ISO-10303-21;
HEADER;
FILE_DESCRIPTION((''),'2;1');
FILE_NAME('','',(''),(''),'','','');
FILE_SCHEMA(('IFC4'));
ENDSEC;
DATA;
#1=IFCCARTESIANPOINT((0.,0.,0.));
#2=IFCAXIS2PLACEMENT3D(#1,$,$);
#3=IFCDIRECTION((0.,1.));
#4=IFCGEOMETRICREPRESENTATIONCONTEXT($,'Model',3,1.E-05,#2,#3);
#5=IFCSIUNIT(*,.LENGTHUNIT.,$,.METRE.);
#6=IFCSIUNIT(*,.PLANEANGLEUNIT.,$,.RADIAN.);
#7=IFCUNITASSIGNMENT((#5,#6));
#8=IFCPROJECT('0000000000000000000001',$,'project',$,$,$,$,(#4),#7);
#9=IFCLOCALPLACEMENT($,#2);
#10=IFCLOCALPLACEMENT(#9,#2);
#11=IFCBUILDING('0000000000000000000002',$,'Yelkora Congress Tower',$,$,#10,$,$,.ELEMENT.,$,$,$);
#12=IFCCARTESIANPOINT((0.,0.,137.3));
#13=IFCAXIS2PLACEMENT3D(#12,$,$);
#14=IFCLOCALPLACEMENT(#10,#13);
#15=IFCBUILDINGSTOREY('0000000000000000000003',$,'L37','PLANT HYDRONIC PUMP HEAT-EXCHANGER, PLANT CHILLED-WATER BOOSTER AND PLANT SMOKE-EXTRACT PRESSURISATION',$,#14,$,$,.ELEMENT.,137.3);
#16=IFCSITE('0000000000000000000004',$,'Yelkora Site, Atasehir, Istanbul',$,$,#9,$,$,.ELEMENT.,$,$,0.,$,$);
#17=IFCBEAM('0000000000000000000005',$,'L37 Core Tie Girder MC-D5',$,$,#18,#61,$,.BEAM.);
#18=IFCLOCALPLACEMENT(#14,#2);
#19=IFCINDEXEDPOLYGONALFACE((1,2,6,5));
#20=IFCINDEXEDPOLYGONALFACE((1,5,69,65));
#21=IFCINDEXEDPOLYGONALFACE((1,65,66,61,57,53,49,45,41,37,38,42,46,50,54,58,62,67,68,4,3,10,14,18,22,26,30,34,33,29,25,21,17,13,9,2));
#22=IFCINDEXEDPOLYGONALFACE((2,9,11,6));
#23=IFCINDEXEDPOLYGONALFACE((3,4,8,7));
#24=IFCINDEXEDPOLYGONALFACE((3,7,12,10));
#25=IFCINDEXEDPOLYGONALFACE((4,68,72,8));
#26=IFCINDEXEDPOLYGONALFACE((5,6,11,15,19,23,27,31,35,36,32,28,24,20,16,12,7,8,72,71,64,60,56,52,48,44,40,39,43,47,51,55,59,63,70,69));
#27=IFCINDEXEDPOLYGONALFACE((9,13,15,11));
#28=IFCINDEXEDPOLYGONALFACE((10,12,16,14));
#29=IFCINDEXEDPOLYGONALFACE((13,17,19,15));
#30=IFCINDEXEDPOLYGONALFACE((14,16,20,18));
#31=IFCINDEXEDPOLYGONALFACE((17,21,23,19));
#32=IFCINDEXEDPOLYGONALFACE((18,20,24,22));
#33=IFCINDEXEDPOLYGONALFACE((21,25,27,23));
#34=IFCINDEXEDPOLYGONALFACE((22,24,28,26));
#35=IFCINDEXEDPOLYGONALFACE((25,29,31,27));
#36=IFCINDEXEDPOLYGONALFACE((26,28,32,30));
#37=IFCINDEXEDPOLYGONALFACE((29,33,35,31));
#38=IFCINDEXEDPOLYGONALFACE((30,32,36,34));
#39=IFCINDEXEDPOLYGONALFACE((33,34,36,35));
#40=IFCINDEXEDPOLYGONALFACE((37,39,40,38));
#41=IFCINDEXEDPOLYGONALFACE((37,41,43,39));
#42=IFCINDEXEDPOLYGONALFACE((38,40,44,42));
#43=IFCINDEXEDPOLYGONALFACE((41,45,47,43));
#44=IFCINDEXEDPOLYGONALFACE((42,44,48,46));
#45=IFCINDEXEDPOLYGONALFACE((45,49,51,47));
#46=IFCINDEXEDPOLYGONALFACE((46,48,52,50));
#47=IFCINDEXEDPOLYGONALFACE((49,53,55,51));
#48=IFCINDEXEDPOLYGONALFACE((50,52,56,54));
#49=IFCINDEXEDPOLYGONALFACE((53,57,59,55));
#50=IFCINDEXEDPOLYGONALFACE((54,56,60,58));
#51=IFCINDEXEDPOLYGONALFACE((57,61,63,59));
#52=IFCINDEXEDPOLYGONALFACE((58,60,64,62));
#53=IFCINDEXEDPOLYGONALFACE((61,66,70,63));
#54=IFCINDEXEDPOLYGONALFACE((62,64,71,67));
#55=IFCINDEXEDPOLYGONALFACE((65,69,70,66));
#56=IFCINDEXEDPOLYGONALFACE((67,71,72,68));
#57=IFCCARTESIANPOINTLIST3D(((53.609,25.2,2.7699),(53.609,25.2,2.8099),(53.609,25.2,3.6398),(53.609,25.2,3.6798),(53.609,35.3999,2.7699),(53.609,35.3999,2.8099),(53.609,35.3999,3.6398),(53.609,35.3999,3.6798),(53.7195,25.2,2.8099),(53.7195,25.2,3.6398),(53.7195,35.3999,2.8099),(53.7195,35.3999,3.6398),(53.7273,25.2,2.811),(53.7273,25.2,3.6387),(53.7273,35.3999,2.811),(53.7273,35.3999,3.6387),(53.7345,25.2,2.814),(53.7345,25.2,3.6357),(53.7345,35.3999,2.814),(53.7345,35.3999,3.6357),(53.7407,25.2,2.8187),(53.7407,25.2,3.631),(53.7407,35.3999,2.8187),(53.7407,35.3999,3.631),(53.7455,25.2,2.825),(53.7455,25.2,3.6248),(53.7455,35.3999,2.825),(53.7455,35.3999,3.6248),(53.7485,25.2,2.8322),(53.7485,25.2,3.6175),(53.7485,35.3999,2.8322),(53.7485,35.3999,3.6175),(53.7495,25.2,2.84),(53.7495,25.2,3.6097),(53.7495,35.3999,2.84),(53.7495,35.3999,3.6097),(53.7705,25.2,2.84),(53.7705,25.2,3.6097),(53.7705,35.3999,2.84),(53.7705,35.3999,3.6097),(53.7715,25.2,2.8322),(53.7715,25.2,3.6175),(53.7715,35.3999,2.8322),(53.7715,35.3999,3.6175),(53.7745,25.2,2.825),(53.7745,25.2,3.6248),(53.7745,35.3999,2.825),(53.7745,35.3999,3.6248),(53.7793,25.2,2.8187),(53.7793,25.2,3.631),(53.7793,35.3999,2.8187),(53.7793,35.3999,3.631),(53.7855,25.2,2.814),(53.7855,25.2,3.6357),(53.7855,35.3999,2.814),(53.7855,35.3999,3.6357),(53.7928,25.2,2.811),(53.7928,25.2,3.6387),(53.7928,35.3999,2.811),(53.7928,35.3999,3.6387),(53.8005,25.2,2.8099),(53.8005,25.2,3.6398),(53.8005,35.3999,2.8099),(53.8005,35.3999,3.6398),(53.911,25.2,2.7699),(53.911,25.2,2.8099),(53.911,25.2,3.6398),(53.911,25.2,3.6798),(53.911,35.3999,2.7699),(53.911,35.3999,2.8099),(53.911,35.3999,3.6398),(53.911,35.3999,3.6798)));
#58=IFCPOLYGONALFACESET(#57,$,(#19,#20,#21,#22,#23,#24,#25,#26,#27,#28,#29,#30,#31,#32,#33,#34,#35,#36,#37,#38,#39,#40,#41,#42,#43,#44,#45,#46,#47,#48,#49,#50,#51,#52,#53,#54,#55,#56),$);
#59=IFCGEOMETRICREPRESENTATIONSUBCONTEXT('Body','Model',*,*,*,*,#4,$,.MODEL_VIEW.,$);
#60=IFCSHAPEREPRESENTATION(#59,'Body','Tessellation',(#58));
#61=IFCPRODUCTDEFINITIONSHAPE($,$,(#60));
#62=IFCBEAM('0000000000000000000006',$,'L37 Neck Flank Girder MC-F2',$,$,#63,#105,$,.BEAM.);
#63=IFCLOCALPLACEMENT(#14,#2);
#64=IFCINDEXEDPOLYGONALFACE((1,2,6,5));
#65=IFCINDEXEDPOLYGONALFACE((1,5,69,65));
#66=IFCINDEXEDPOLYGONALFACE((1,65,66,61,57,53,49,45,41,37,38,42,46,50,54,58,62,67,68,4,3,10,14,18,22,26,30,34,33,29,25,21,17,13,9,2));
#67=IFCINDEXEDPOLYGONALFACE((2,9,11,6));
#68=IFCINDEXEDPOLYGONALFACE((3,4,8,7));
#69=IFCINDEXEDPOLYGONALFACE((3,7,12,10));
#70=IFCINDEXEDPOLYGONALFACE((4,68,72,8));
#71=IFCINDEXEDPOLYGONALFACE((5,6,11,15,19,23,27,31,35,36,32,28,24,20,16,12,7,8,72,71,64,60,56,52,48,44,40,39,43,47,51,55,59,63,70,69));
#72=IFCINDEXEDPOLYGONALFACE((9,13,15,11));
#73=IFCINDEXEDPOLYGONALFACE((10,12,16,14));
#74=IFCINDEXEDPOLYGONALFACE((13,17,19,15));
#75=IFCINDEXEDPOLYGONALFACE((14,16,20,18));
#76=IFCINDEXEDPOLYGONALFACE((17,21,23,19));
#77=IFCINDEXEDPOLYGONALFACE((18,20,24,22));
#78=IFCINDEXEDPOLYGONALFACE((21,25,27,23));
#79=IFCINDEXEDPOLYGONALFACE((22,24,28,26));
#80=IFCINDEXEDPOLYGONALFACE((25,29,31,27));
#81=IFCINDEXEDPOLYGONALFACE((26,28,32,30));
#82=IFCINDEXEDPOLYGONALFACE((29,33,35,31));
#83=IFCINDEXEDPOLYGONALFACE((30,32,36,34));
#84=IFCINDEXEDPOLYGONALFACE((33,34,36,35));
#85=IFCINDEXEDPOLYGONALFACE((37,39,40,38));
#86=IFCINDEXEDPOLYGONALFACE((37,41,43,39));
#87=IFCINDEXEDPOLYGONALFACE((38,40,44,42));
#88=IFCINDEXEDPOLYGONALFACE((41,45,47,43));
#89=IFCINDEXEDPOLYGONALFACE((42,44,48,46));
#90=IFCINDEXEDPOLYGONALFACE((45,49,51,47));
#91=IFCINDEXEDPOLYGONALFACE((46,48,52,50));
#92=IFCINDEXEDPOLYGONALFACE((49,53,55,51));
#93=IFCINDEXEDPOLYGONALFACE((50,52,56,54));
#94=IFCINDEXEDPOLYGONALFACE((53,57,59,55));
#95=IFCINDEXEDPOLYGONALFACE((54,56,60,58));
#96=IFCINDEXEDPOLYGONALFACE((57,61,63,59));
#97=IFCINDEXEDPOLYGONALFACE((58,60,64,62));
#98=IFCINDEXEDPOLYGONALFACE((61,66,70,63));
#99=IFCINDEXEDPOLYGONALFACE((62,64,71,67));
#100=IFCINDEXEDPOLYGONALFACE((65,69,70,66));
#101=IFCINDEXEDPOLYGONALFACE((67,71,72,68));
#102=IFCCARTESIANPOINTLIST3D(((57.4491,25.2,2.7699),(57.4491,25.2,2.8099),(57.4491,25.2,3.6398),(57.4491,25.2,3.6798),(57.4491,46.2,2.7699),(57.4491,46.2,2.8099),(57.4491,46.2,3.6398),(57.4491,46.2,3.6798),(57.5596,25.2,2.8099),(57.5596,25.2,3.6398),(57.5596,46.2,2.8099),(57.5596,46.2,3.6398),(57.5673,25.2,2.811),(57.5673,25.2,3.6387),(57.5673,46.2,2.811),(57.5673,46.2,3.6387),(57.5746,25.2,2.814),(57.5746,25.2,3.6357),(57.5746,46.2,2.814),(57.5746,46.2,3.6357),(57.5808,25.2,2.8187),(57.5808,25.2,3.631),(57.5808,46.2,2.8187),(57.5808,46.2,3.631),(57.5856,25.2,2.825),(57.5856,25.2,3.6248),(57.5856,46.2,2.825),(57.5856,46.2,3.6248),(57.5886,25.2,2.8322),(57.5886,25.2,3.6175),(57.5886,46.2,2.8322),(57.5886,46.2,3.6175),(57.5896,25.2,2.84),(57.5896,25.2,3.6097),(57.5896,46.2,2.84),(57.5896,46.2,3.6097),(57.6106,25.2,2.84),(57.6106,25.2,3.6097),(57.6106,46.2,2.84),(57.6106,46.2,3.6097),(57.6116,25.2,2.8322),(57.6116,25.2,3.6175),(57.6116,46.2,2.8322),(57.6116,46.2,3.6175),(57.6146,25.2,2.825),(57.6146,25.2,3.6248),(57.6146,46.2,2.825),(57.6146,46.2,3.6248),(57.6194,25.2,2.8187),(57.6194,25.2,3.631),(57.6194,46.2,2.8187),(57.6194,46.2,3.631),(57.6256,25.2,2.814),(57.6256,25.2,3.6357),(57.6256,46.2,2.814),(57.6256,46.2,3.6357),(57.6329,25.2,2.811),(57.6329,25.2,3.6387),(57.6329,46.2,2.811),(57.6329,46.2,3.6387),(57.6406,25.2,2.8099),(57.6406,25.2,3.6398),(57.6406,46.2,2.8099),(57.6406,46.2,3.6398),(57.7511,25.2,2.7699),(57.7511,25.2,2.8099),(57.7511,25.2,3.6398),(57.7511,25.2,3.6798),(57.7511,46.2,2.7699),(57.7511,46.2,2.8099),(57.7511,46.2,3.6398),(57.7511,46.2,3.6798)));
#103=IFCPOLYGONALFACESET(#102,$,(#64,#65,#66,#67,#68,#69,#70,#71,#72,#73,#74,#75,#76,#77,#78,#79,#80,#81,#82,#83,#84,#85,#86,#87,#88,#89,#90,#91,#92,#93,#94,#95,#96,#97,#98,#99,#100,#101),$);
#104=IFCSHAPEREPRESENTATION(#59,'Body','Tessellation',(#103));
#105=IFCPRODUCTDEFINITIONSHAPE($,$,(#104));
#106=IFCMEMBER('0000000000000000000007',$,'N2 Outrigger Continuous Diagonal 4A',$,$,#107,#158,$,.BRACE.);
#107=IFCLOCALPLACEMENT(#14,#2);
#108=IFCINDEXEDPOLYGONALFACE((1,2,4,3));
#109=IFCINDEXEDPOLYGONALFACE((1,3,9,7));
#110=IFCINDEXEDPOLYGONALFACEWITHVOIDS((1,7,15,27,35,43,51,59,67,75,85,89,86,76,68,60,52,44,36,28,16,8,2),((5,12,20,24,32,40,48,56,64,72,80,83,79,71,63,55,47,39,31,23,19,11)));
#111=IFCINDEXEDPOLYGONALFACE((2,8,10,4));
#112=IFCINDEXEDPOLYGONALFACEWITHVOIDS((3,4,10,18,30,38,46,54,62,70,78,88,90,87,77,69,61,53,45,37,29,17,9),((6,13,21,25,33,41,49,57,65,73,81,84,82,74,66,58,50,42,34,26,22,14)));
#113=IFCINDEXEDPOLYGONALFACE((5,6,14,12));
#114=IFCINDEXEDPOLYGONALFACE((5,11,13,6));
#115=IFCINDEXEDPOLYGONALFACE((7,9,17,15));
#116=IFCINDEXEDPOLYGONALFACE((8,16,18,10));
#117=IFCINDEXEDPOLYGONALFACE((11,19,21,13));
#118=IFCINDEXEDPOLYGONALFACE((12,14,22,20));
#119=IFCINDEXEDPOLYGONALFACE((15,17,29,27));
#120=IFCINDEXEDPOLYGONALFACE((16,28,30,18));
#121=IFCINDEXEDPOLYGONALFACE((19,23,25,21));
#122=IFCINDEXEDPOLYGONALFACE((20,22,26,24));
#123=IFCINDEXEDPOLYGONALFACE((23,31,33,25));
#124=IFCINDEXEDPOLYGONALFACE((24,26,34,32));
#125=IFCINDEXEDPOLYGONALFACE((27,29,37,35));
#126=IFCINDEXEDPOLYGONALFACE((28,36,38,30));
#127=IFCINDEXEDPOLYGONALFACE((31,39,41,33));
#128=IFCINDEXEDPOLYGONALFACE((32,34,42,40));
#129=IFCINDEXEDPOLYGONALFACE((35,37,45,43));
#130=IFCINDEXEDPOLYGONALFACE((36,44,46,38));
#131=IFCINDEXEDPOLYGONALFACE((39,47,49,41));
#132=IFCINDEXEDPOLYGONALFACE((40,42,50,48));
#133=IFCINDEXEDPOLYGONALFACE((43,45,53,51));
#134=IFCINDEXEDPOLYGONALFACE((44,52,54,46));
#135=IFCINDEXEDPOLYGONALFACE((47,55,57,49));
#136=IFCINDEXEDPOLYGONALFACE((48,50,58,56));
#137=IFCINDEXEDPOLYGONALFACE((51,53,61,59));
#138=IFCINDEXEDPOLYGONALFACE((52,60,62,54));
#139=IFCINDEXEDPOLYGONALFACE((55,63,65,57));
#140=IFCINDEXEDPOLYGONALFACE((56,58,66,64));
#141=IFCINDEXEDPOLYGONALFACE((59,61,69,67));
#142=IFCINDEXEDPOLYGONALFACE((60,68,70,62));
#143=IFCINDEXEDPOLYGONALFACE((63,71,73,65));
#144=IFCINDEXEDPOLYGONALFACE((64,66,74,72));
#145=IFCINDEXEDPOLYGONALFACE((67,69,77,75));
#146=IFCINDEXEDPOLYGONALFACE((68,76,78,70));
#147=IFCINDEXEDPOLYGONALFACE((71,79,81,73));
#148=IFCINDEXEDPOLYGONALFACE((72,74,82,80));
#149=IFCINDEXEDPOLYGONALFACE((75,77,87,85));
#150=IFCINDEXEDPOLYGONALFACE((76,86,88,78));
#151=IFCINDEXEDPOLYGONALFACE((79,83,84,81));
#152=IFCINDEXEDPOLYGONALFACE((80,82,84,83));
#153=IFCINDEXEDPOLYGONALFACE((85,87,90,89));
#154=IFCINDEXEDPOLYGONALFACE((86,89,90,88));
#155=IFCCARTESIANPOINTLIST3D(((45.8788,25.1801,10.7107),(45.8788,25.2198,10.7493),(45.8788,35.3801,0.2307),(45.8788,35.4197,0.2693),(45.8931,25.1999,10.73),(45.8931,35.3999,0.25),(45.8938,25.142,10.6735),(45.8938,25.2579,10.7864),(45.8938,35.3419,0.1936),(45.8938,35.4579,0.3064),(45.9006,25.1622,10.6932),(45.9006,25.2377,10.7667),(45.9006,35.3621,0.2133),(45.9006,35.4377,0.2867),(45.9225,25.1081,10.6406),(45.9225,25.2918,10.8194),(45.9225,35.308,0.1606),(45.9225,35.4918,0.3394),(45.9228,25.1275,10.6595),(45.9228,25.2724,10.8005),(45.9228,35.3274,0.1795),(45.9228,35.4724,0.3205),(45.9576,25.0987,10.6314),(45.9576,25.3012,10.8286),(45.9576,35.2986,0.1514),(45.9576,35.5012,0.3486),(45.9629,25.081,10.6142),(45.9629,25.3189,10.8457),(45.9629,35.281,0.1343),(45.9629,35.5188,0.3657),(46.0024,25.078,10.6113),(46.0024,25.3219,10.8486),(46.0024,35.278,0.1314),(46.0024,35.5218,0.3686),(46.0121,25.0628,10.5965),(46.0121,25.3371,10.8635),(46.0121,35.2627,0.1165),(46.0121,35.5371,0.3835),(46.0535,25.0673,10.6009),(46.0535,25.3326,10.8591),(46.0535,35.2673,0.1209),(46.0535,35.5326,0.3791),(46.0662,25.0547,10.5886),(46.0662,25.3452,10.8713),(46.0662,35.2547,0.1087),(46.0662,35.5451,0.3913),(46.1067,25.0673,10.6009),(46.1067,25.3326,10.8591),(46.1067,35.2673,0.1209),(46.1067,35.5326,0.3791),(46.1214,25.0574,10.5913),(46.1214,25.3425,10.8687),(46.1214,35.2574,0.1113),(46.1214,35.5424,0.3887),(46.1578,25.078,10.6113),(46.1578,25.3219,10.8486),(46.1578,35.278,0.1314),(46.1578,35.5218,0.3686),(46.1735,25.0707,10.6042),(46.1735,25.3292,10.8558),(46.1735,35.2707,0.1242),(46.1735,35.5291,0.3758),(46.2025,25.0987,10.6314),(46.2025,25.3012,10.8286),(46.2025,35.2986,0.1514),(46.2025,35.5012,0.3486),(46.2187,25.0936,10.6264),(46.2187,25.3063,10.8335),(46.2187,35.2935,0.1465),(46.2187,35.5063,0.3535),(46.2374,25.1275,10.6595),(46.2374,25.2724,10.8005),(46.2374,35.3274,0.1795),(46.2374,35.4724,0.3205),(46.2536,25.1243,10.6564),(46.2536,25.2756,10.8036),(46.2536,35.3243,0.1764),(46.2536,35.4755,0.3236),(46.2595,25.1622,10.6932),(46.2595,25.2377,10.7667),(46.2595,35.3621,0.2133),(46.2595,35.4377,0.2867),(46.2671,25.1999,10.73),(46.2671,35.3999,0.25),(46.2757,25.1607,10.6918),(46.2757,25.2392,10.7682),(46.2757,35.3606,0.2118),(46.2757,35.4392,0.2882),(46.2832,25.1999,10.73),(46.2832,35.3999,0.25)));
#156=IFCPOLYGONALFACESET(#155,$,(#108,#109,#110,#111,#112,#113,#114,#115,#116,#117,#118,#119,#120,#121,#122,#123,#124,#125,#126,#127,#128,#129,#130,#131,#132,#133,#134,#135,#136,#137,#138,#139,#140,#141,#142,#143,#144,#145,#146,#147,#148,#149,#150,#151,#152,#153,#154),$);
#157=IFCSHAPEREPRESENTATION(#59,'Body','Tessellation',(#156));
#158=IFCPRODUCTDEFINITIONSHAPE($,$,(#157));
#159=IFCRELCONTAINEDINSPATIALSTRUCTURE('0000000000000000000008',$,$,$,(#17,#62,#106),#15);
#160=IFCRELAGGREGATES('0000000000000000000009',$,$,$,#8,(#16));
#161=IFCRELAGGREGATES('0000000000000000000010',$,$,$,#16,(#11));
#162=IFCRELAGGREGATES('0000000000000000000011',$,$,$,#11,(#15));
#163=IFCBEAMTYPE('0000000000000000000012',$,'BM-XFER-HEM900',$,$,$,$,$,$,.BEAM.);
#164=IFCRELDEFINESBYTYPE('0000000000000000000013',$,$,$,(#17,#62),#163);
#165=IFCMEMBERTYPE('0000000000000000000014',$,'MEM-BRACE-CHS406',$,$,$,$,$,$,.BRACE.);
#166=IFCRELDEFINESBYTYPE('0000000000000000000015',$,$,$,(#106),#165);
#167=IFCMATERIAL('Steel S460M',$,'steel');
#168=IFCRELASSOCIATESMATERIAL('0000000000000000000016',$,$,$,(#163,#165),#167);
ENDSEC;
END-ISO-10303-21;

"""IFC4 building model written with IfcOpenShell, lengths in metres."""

from ifc_helpers import new_model, si_unit, direction, frame, origin, origin_2d, place, context, subcontext, project, spatial, hollow_circle, i_section, extrude, material, material_profile, profile_set, type_object, element, save


model = new_model("IFC4")

# Units and contexts
model_context = context("Model", 3, precision=1e-05, world=origin(), true_north=direction((0.0, 1.0)))
body_context = subcontext(model_context, "Body", "Model", "MODEL_VIEW")
ifc_project = project(units=[si_unit("LENGTHUNIT", "METRE"), si_unit("PLANEANGLEUNIT", "RADIAN")], contexts=[model_context])

# Site, building, storey
site_placement = place(None, origin())
site = spatial("IfcSite", under=ifc_project, at=site_placement, Name="Yelkora Site, Atasehir, Istanbul", CompositionType="ELEMENT", RefElevation=0.0)
building_placement = place(site_placement, origin())
building = spatial("IfcBuilding", under=site, at=building_placement, Name="Yelkora Congress Tower", CompositionType="ELEMENT")
storey_placement = place(building_placement, frame((0.0, 0.0, 137.3)))
storey = spatial("IfcBuildingStorey", under=building, at=storey_placement, Name="L37", Description="PLANT HYDRONIC PUMP HEAT-EXCHANGER, PLANT CHILLED-WATER BOOSTER AND PLANT SMOKE-EXTRACT PRESSURISATION", CompositionType="ELEMENT", Elevation=137.3)

# Shared definitions
ifc_material_1 = material(Name="Steel S460M", Category="steel")

# Beams
ifc_material_profile_1 = material_profile(ifc_material_1, i_section(OverallWidth=0.302, OverallDepth=0.9099, WebThickness=0.021, FlangeThickness=0.04, FilletRadius=0.03, at=origin_2d()), Name="HEM 900")
ifc_profile_set_1 = profile_set([ifc_material_profile_1], Name="Steel S460M")
beam_type = type_object("IfcBeamType", Name="BM-XFER-HEM900", PredefinedType="BEAM", material=ifc_profile_set_1)
beam_1_placement = place(storey_placement, frame((53.76, 25.2, 3.2249), z_axis=(0.0, 1.0, 0.0), x_axis=(-1.0, 0.0, 0.0)))
element("IfcBeam", 1, at=beam_1_placement, inside=storey, type_object=beam_type, Name="L37 Core Tie Girder MC-D5", PredefinedType="BEAM", context=body_context, shape_type="SweptSolid", body=[
    extrude(i_section(OverallWidth=0.302, OverallDepth=0.9099, WebThickness=0.021, FlangeThickness=0.04, FilletRadius=0.03, at=origin_2d()), origin(), (0.0, 0.0, 1.0), 10.2),
])
beam_2_placement = place(storey_placement, frame((57.6001, 25.2, 3.2249), z_axis=(0.0, 1.0, 0.0), x_axis=(-1.0, 0.0, 0.0)))
element("IfcBeam", 2, at=beam_2_placement, inside=storey, type_object=beam_type, Name="L37 Neck Flank Girder MC-F2", PredefinedType="BEAM", context=body_context, shape_type="SweptSolid", body=[
    extrude(i_section(OverallWidth=0.302, OverallDepth=0.9099, WebThickness=0.021, FlangeThickness=0.04, FilletRadius=0.03, at=origin_2d()), origin(), (0.0, 0.0, 1.0), 21.0),
])

# Member
ifc_material_profile_2 = material_profile(ifc_material_1, hollow_circle(Radius=0.2031, WallThickness=0.0161, at=origin_2d()), Name="CHS 406.4x16")
ifc_profile_set_2 = profile_set([ifc_material_profile_2], Name="Steel S460M")
member_type_1 = type_object("IfcMemberType", Name="MEM-BRACE-CHS406", PredefinedType="BRACE", material=ifc_profile_set_2)
member_1_placement = place(storey_placement, frame((46.0801, 35.3999, 0.25), z_axis=(0.0, -0.697468, 0.716616), x_axis=(1.0, 0.0, 0.0)))
element("IfcMember", 3, at=member_1_placement, inside=storey, type_object=member_type_1, Name="N2 Outrigger Continuous Diagonal 4A", PredefinedType="BRACE", context=body_context, shape_type="SweptSolid", body=[
    extrude(hollow_circle(Radius=0.2031, WallThickness=0.0161, at=origin_2d()), origin(), (0.0, 0.0, 1.0), 14.6243),
])

save(model, "model.ifc")
